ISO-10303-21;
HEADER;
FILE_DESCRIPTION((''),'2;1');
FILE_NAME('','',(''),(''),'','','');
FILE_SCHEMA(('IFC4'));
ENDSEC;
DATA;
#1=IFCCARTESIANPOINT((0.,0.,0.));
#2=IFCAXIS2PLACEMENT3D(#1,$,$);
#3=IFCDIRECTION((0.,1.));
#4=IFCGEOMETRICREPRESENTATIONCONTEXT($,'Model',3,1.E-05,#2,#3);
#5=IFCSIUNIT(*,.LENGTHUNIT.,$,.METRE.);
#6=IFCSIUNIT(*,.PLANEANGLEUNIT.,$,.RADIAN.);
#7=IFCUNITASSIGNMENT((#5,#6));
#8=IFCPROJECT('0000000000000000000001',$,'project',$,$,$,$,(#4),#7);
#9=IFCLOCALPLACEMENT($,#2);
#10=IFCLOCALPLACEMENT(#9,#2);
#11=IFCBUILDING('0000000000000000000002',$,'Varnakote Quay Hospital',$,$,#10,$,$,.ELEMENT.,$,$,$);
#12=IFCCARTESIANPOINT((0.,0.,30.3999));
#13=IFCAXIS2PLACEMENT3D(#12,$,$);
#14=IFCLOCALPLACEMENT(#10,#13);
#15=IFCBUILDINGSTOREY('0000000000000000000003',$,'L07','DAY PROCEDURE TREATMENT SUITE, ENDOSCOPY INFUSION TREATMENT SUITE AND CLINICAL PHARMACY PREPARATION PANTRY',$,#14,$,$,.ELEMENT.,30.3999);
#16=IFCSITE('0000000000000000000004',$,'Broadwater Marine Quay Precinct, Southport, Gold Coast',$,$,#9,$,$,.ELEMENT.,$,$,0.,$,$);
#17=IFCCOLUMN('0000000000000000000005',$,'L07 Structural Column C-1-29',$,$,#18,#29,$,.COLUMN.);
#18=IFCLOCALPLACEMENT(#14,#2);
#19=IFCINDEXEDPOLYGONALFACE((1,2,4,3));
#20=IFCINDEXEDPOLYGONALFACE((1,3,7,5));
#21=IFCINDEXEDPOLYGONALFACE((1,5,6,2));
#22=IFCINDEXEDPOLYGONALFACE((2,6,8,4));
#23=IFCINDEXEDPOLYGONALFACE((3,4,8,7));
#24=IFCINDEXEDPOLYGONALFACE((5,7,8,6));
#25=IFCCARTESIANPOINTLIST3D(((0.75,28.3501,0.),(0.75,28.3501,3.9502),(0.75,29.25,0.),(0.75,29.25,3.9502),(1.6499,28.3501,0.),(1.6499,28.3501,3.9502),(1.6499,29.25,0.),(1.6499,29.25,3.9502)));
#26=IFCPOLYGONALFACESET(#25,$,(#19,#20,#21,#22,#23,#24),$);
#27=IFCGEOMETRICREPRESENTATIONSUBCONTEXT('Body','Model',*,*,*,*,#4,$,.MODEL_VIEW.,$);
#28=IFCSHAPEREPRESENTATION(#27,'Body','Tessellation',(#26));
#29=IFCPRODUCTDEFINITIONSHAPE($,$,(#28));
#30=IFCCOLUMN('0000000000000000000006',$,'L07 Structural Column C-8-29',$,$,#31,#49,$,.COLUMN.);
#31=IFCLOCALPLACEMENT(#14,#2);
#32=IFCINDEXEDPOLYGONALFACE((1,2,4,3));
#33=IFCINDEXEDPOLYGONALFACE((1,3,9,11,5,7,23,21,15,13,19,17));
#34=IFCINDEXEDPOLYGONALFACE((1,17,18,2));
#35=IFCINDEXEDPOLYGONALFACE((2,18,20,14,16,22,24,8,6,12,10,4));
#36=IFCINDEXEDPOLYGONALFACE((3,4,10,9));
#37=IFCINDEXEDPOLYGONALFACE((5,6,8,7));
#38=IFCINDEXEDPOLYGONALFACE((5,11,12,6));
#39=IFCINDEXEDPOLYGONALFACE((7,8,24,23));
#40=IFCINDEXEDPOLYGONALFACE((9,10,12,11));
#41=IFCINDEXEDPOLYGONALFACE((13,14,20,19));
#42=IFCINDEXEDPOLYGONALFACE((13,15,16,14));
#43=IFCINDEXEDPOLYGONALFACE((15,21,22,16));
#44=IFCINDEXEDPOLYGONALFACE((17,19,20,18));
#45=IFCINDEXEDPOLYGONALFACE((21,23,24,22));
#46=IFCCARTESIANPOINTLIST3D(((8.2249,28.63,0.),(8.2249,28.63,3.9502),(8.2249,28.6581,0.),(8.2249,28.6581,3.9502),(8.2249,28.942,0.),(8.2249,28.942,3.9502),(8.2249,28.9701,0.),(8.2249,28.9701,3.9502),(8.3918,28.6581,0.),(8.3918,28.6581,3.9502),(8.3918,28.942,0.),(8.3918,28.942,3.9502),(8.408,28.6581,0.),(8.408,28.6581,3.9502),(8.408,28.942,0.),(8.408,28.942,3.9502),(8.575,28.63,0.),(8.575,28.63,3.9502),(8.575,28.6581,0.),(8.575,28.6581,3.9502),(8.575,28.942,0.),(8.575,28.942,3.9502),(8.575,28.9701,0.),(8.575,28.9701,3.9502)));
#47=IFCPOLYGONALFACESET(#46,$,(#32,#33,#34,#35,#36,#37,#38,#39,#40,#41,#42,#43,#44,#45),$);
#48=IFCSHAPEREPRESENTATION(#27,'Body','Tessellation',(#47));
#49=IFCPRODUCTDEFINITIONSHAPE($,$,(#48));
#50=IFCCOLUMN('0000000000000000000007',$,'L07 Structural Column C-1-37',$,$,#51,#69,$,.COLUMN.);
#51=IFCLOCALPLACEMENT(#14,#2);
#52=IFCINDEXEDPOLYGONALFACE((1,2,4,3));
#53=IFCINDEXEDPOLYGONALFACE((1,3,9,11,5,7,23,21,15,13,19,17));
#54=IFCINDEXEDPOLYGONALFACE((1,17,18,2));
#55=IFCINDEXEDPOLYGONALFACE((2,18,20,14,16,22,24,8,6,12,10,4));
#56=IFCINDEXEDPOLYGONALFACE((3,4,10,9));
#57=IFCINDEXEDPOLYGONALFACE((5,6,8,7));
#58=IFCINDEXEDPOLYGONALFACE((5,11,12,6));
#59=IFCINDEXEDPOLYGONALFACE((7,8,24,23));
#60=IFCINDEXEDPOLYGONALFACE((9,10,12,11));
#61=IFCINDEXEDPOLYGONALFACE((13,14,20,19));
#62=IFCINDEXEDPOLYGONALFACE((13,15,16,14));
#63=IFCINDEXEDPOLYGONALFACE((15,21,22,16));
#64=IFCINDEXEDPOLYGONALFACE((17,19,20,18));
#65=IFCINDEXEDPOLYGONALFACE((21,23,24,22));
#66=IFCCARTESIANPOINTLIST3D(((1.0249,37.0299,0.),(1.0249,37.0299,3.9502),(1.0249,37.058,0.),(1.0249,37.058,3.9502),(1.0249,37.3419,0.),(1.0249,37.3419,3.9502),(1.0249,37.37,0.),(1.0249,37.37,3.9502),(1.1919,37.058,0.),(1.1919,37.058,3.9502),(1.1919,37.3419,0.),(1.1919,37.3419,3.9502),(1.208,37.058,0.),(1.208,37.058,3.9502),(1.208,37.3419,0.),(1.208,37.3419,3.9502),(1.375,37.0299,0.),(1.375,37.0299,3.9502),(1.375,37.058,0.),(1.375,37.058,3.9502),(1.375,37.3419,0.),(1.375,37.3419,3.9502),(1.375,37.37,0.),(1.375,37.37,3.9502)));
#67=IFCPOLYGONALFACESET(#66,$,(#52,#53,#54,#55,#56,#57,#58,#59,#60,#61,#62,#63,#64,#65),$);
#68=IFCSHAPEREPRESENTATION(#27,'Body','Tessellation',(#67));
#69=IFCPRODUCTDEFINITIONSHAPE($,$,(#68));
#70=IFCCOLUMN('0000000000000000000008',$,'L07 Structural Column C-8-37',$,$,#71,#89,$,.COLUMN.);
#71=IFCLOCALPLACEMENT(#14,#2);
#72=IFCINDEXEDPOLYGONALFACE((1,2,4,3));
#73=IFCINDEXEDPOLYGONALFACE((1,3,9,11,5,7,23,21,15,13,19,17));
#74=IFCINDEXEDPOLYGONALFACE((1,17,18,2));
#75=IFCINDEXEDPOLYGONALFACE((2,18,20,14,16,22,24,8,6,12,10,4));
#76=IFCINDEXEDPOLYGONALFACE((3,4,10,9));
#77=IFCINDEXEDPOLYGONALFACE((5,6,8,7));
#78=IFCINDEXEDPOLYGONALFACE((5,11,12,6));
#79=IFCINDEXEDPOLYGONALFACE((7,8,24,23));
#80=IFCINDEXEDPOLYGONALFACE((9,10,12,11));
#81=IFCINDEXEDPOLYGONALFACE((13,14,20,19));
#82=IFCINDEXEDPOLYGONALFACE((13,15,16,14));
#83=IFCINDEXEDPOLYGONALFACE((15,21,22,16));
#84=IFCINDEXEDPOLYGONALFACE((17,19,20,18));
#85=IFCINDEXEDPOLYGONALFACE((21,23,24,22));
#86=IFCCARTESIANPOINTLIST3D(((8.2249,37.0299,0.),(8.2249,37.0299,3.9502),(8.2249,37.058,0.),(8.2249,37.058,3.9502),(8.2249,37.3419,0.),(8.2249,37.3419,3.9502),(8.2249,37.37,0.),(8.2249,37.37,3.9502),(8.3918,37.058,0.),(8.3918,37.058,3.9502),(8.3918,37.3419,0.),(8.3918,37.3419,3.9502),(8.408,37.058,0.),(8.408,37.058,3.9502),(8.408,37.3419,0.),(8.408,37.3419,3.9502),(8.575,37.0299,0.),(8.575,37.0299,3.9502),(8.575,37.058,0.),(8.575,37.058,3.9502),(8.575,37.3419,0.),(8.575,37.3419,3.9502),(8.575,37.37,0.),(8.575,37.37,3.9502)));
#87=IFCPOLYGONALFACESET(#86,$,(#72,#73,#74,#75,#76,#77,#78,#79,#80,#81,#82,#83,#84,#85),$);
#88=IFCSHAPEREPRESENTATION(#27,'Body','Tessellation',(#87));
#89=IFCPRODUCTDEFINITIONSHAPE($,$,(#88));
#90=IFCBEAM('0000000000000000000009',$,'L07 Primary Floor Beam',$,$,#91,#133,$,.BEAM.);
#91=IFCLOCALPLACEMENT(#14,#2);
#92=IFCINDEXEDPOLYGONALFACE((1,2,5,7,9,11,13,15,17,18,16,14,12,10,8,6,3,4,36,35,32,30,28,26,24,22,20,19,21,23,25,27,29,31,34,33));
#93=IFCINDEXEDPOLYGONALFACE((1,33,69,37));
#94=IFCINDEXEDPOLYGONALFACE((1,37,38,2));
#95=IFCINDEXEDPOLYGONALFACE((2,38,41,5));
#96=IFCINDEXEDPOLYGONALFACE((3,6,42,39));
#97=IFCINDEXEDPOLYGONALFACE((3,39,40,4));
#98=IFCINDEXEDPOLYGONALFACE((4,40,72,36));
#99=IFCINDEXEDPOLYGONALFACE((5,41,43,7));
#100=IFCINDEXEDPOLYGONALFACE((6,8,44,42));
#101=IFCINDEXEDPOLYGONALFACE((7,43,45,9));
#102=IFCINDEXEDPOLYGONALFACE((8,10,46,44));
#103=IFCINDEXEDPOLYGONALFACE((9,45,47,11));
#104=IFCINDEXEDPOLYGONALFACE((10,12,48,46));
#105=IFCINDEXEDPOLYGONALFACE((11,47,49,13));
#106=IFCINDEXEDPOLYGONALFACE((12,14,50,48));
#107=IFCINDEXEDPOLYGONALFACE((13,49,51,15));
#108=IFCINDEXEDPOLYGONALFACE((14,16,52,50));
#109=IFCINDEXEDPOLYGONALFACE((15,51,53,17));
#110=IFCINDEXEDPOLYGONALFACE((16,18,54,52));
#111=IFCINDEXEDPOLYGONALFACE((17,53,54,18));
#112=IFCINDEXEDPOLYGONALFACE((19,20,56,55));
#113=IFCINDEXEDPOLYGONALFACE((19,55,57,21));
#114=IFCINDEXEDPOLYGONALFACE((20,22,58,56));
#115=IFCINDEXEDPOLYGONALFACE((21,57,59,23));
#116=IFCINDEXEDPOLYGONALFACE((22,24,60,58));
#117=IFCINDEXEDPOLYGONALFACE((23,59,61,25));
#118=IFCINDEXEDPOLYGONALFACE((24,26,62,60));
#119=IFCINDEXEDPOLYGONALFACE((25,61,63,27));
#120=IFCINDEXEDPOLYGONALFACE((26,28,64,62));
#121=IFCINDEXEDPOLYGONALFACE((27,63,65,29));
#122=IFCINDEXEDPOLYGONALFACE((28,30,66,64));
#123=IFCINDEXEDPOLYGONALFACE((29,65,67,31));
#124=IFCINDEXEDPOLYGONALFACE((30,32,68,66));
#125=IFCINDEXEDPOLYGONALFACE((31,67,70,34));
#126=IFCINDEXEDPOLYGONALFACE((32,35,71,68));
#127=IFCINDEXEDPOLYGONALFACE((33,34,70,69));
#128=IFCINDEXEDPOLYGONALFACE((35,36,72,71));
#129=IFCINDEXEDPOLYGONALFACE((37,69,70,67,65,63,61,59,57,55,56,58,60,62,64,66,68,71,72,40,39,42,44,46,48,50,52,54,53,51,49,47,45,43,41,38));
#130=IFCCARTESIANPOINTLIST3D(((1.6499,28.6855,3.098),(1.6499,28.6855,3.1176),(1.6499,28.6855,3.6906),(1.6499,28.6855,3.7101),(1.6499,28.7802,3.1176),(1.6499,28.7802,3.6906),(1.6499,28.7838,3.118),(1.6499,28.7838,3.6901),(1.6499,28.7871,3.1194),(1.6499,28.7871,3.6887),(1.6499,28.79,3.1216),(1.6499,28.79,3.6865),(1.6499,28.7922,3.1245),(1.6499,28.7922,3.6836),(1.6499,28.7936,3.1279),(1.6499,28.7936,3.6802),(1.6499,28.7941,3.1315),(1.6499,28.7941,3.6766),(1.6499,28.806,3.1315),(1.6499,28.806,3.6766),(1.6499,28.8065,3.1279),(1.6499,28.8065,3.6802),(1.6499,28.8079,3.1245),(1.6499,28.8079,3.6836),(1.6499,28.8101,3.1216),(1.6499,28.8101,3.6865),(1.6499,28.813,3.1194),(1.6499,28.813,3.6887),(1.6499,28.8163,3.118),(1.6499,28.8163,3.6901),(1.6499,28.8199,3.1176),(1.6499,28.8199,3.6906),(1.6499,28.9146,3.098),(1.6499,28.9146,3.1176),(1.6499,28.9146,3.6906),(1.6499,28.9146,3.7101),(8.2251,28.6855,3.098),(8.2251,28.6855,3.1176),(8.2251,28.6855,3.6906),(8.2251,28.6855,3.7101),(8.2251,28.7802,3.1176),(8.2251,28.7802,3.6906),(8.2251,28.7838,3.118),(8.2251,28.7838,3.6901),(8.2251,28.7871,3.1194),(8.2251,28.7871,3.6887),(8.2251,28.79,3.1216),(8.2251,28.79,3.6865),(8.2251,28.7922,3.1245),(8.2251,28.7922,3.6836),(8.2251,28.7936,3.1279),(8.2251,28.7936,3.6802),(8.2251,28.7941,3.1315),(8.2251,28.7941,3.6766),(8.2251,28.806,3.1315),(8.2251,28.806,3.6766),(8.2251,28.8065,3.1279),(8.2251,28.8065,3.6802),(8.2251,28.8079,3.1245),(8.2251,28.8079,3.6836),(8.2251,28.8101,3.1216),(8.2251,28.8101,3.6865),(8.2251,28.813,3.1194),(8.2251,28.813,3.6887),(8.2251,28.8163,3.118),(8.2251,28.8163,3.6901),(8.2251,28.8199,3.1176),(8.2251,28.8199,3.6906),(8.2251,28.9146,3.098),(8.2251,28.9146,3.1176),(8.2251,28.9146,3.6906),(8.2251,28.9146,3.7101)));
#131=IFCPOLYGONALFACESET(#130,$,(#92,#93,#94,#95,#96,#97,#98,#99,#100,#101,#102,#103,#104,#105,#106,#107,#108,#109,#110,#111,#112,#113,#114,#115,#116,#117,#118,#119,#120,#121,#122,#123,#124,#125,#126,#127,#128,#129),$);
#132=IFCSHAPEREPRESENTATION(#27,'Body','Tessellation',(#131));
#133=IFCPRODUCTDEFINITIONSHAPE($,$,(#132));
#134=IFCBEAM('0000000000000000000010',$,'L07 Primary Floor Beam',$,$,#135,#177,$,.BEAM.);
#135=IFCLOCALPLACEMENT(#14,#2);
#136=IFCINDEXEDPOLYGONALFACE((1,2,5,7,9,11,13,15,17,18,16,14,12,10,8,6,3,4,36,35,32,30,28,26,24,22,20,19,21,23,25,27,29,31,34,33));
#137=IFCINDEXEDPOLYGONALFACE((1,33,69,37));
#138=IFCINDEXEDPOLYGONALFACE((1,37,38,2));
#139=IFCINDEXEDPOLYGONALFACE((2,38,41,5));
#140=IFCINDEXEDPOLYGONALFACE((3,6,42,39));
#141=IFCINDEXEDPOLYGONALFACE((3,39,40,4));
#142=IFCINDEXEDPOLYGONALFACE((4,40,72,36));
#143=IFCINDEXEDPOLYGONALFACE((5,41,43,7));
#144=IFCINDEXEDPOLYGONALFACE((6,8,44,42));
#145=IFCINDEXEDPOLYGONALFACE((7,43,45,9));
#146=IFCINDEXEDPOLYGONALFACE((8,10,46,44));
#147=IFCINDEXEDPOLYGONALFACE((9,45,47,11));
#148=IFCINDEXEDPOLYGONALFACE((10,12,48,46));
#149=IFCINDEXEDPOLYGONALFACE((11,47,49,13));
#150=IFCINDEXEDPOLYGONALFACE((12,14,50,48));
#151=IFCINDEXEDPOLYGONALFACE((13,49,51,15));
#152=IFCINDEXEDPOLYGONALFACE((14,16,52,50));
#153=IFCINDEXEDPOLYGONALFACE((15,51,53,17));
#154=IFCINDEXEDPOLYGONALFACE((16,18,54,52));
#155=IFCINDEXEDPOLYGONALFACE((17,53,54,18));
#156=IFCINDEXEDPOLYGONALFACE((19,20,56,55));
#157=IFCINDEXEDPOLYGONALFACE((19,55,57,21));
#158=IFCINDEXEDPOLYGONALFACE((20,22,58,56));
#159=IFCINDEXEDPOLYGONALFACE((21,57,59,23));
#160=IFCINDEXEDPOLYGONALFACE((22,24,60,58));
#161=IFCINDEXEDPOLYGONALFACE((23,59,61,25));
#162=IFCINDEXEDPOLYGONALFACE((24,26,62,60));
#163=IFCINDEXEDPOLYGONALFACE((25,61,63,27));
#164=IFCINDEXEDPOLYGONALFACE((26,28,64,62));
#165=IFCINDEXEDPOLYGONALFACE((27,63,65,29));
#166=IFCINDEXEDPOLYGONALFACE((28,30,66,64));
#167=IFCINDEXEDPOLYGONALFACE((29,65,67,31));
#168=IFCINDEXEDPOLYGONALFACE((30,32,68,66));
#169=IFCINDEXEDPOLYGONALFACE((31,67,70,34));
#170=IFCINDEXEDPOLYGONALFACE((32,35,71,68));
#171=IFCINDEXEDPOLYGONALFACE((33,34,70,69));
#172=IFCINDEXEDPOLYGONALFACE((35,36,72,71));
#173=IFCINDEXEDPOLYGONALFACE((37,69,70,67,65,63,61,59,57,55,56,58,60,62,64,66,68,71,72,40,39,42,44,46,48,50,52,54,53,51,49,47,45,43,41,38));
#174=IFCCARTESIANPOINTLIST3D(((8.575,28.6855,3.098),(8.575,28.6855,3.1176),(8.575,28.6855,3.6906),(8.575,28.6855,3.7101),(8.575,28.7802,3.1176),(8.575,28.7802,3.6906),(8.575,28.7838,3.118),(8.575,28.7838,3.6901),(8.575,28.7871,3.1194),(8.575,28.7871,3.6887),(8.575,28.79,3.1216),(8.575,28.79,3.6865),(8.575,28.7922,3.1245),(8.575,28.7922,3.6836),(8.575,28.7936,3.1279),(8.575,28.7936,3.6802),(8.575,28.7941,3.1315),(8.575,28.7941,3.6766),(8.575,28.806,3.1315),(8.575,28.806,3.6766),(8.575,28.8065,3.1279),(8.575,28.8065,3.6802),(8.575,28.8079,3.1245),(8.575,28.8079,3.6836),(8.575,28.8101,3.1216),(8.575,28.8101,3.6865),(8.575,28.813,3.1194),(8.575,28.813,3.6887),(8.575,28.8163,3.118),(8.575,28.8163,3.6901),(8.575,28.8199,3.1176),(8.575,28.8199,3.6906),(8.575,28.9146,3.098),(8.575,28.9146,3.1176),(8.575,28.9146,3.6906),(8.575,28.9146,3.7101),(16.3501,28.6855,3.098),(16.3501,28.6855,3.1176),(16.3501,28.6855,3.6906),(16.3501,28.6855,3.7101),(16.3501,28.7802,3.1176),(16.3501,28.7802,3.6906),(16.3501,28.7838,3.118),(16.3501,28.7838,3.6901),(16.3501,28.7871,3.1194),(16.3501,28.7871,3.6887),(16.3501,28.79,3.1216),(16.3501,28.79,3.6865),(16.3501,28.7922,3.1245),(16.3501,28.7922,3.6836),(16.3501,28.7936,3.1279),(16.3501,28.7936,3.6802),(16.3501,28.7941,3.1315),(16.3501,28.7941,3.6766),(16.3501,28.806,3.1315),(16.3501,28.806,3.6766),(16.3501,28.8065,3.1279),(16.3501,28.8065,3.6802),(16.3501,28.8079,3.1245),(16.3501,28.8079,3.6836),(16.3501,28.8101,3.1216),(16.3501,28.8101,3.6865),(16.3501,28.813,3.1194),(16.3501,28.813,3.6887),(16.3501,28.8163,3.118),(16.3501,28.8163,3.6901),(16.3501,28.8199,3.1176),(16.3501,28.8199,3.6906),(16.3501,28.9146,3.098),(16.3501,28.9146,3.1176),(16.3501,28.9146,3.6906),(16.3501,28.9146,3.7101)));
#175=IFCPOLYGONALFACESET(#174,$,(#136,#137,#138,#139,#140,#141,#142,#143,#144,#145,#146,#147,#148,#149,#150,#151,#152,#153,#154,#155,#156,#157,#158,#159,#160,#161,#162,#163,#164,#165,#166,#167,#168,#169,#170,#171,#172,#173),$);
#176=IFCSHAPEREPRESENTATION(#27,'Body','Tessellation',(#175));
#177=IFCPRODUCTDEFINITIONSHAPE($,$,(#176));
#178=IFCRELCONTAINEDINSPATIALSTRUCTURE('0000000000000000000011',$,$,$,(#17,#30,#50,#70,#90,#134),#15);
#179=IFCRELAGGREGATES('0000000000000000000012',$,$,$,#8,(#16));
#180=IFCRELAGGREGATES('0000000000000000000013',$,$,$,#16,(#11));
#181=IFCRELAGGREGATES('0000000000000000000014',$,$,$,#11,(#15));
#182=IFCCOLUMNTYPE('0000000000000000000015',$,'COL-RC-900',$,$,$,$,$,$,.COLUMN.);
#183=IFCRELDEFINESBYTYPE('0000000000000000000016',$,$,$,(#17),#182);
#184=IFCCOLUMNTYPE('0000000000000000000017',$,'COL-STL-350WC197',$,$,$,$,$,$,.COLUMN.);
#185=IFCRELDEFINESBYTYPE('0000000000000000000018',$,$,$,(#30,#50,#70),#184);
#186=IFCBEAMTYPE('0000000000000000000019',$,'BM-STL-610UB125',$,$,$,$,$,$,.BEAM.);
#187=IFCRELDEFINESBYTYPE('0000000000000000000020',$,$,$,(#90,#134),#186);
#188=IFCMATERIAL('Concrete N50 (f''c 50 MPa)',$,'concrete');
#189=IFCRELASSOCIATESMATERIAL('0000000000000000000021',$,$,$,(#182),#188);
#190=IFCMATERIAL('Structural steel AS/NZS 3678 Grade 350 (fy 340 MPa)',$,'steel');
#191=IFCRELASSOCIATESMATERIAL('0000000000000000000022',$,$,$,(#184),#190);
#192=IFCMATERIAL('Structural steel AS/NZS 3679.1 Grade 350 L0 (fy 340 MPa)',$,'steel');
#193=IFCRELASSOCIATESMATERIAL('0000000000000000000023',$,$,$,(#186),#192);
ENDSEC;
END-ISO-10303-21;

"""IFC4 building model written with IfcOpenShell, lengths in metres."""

from ifc_helpers import new_model, si_unit, direction, frame, origin, origin_2d, place, context, subcontext, project, spatial, rectangle, i_section, extrude, material, material_profile, profile_set, type_object, element, save


model = new_model("IFC4")

# Units and contexts
model_context = context("Model", 3, precision=1e-05, world=origin(), true_north=direction((0.0, 1.0)))
body_context = subcontext(model_context, "Body", "Model", "MODEL_VIEW")
ifc_project = project(units=[si_unit("LENGTHUNIT", "METRE"), si_unit("PLANEANGLEUNIT", "RADIAN")], contexts=[model_context])

# Site, building, storey
site_placement = place(None, origin())
site = spatial("IfcSite", under=ifc_project, at=site_placement, Name="Broadwater Marine Quay Precinct, Southport, Gold Coast", CompositionType="ELEMENT", RefElevation=0.0)
building_placement = place(site_placement, origin())
building = spatial("IfcBuilding", under=site, at=building_placement, Name="Varnakote Quay Hospital", CompositionType="ELEMENT")
storey_placement = place(building_placement, frame((0.0, 0.0, 30.3999)))
storey = spatial("IfcBuildingStorey", under=building, at=storey_placement, Name="L07", Description="DAY PROCEDURE TREATMENT SUITE, ENDOSCOPY INFUSION TREATMENT SUITE AND CLINICAL PHARMACY PREPARATION PANTRY", CompositionType="ELEMENT", Elevation=30.3999)

# Columns
ifc_material_1 = material(Name="Concrete N50 (f'c 50 MPa)", Category="concrete")
ifc_material_profile_1 = material_profile(ifc_material_1, rectangle(XDim=0.8999, YDim=0.8999, at=origin_2d()), Name="RC-COL-900x900")
ifc_profile_set_1 = profile_set([ifc_material_profile_1], Name="Concrete N50 (f'c 50 MPa)")
column_type_1 = type_object("IfcColumnType", Name="COL-RC-900", PredefinedType="COLUMN", material=ifc_profile_set_1)
column_placement = place(storey_placement, frame((1.2, 28.8, 0.0), z_axis=(0.0, 0.0, 1.0), x_axis=(1.0, 0.0, 0.0)))
element("IfcColumn", 1, at=column_placement, inside=storey, type_object=column_type_1, Name="L07 Structural Column C-1-29", PredefinedType="COLUMN", context=body_context, shape_type="SweptSolid", body=[
    extrude(rectangle(XDim=0.8999, YDim=0.8999, at=origin_2d()), origin(), (0.0, 0.0, 1.0), 3.9502),
])
ifc_material_2 = material(Name="Structural steel AS/NZS 3678 Grade 350 (fy 340 MPa)", Category="steel")
ifc_material_profile_2 = material_profile(ifc_material_2, i_section(OverallWidth=0.3501, OverallDepth=0.3401, WebThickness=0.0161, FlangeThickness=0.0281, at=origin_2d()), Name="350WC197")
ifc_profile_set_2 = profile_set([ifc_material_profile_2], Name="Structural steel AS/NZS 3678 Grade 350 (fy 340 MPa)")
column_type_2 = type_object("IfcColumnType", Name="COL-STL-350WC197", PredefinedType="COLUMN", material=ifc_profile_set_2)
for number, where, z_axis, x_axis, name in (
    (2, (8.3999, 28.8, 0.0), (0.0, 0.0, 1.0), (1.0, 0.0, 0.0), "L07 Structural Column C-8-29"),
    (3, (1.2, 37.2, 0.0), (0.0, 0.0, 1.0), (1.0, 0.0, 0.0), "L07 Structural Column C-1-37"),
    (4, (8.3999, 37.2, 0.0), (0.0, 0.0, 1.0), (1.0, 0.0, 0.0), "L07 Structural Column C-8-37"),
):
    element("IfcColumn", number, at=place(storey_placement, frame(where, z_axis=z_axis, x_axis=x_axis)), inside=storey, type_object=column_type_2, Name=name, PredefinedType="COLUMN", context=body_context, shape_type="SweptSolid", body=[
        extrude(i_section(OverallWidth=0.3501, OverallDepth=0.3401, WebThickness=0.0161, FlangeThickness=0.0281, at=origin_2d()), origin(), (0.0, 0.0, 1.0), 3.9502),
    ])

# Beams
ifc_material_3 = material(Name="Structural steel AS/NZS 3679.1 Grade 350 L0 (fy 340 MPa)", Category="steel")
ifc_material_profile_3 = material_profile(ifc_material_3, i_section(OverallWidth=0.229, OverallDepth=0.6121, WebThickness=0.012, FlangeThickness=0.0195, FilletRadius=0.0139, at=origin_2d()), Name="610UB125")
ifc_profile_set_3 = profile_set([ifc_material_profile_3], Name="Structural steel AS/NZS 3679.1 Grade 350 L0 (fy 340 MPa)")
beam_type_1 = type_object("IfcBeamType", Name="BM-STL-610UB125", PredefinedType="BEAM", material=ifc_profile_set_3)
beam_1_placement = place(storey_placement, frame((1.6499, 28.8, 3.4041), z_axis=(1.0, 0.0, 0.0), x_axis=(0.0, 1.0, 0.0)))
element("IfcBeam", 5, at=beam_1_placement, inside=storey, type_object=beam_type_1, Name="L07 Primary Floor Beam", PredefinedType="BEAM", context=body_context, shape_type="SweptSolid", body=[
    extrude(i_section(OverallWidth=0.229, OverallDepth=0.6121, WebThickness=0.012, FlangeThickness=0.0195, FilletRadius=0.0139, at=origin_2d()), origin(), (0.0, 0.0, 1.0), 6.5752),
])
beam_2_placement = place(storey_placement, frame((8.575, 28.8, 3.4041), z_axis=(1.0, 0.0, 0.0), x_axis=(0.0, 1.0, 0.0)))
element("IfcBeam", 6, at=beam_2_placement, inside=storey, type_object=beam_type_1, Name="L07 Primary Floor Beam", PredefinedType="BEAM", context=body_context, shape_type="SweptSolid", body=[
    extrude(i_section(OverallWidth=0.229, OverallDepth=0.6121, WebThickness=0.012, FlangeThickness=0.0195, FilletRadius=0.0139, at=origin_2d()), origin(), (0.0, 0.0, 1.0), 7.7751),
])

save(model, "model.ifc")
